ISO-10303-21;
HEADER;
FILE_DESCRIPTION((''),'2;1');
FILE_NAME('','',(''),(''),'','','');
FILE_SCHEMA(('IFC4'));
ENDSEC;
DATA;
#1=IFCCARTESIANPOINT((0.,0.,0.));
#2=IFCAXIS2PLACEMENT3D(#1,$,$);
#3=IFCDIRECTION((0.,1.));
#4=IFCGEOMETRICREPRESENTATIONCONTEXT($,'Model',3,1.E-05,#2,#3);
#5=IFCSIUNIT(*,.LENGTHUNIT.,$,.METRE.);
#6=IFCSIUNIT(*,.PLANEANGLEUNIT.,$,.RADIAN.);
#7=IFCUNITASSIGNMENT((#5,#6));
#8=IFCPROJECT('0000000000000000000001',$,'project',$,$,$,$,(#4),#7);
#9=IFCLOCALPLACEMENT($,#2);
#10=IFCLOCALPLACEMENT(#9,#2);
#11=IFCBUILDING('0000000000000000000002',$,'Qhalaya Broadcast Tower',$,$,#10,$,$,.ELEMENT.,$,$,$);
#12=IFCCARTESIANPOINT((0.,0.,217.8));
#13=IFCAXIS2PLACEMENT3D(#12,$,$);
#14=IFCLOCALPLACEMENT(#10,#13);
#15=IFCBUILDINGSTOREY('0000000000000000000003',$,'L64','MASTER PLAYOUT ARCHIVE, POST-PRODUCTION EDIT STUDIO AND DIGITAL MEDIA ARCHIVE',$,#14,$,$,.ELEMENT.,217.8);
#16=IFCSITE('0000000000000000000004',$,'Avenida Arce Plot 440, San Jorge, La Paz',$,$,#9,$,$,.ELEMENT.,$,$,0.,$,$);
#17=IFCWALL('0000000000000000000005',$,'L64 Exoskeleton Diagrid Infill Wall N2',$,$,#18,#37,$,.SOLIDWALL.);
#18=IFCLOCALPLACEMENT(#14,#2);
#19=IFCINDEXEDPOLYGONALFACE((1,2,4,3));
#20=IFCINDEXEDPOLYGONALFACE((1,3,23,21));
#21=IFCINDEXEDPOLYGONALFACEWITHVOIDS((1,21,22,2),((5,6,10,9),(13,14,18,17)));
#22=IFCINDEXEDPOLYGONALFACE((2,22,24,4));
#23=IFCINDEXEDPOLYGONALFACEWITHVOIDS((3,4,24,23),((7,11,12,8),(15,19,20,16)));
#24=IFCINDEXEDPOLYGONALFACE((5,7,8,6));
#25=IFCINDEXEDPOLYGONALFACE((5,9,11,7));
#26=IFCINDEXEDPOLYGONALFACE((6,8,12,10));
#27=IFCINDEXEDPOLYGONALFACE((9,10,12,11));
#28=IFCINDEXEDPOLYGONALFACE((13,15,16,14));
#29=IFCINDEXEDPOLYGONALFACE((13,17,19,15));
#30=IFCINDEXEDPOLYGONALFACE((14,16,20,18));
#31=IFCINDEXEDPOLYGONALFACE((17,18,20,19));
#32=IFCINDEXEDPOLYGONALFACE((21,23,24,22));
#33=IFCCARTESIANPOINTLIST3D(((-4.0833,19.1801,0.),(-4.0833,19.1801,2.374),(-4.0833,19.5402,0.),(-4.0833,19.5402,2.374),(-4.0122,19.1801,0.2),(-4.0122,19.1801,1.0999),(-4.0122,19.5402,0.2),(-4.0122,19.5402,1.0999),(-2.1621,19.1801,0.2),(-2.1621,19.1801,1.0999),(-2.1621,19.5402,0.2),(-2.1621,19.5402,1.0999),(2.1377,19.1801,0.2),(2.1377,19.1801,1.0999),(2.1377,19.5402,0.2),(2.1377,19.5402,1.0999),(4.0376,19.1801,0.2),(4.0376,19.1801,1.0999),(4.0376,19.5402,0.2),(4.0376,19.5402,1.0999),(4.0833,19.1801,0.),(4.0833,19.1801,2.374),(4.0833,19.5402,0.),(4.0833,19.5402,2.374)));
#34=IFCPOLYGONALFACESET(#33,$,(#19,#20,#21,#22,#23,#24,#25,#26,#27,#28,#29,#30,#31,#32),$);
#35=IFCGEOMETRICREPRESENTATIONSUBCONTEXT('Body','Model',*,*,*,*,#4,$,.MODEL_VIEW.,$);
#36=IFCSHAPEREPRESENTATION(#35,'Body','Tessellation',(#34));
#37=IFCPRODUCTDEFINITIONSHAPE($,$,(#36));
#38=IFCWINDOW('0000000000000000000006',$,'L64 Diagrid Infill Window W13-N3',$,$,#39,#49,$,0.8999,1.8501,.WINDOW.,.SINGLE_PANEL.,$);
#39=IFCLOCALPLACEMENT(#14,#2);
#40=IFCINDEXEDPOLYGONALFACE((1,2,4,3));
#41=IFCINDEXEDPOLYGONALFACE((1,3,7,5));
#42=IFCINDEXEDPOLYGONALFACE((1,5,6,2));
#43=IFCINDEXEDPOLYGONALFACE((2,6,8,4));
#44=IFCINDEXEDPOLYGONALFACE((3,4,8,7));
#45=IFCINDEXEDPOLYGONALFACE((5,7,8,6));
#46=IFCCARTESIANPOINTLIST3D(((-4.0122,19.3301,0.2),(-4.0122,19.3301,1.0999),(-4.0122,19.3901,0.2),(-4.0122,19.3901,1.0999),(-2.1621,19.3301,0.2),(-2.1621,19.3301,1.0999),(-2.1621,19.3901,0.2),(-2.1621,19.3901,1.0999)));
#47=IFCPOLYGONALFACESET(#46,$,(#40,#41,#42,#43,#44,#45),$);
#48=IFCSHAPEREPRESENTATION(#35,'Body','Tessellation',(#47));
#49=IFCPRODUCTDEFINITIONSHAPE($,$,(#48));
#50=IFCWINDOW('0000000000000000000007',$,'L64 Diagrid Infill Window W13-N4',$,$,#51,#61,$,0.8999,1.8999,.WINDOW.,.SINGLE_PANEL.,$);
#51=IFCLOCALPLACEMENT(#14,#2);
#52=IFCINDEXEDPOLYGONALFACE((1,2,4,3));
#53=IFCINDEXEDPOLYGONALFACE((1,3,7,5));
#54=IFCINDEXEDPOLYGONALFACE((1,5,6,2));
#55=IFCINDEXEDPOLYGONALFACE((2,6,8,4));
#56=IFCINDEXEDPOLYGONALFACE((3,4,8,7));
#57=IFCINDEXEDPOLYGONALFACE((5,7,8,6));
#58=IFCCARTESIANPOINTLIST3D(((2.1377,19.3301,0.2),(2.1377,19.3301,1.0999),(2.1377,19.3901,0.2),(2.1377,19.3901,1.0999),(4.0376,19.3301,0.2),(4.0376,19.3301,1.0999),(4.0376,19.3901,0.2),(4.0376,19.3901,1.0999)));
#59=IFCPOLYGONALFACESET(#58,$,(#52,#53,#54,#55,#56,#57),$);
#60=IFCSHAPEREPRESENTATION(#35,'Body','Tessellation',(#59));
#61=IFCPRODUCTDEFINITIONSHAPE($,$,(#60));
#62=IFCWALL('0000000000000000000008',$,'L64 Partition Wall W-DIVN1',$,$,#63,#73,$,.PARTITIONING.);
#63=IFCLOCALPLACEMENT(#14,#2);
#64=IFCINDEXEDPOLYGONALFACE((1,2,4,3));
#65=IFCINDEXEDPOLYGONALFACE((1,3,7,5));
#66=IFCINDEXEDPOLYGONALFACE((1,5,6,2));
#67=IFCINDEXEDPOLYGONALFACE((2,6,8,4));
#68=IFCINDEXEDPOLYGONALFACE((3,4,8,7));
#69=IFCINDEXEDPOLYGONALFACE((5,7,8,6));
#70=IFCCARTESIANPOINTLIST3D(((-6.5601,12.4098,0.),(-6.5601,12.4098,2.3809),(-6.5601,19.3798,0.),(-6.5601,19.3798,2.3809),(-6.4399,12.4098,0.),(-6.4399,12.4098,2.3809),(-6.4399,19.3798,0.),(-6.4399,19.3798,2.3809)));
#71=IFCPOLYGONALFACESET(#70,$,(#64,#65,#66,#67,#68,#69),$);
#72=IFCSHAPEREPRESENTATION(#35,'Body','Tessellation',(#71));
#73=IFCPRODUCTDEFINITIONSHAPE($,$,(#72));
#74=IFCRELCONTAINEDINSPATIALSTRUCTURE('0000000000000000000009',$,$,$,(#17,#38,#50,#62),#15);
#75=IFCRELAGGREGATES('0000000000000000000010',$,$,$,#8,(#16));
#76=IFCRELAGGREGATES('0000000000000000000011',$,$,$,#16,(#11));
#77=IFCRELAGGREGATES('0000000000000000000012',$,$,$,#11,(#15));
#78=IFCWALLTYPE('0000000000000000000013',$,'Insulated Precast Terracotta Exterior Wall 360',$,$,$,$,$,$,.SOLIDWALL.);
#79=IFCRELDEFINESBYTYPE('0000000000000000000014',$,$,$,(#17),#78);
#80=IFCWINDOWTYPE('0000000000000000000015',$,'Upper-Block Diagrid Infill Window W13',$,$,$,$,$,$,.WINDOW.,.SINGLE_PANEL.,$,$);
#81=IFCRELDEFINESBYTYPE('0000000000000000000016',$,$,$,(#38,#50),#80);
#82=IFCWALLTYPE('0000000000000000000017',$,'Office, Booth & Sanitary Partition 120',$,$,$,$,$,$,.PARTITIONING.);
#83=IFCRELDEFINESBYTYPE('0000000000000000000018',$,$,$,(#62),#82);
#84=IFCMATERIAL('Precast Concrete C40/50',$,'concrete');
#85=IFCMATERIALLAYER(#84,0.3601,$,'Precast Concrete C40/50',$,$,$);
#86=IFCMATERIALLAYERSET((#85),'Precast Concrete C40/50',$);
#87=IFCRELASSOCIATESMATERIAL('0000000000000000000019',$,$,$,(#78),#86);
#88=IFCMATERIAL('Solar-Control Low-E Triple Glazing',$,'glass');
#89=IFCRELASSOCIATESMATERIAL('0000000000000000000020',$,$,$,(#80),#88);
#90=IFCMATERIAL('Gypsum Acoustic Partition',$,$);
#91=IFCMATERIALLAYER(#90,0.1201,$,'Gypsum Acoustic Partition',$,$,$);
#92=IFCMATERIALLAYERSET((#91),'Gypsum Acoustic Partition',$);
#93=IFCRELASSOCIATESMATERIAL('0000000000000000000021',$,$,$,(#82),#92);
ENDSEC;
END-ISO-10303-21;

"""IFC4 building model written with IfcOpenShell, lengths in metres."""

from ifc_helpers import new_model, si_unit, direction, frame, frame_2d, origin, place, context, subcontext, project, spatial, rectangle, extrude, material, layer, layer_set, type_object, element, fill, save


model = new_model("IFC4")

# Units and contexts
model_context = context("Model", 3, precision=1e-05, world=origin(), true_north=direction((0.0, 1.0)))
body_context = subcontext(model_context, "Body", "Model", "MODEL_VIEW")
ifc_project = project(units=[si_unit("LENGTHUNIT", "METRE"), si_unit("PLANEANGLEUNIT", "RADIAN")], contexts=[model_context])

# Site, building, storey
site_placement = place(None, origin())
site = spatial("IfcSite", under=ifc_project, at=site_placement, Name="Avenida Arce Plot 440, San Jorge, La Paz", CompositionType="ELEMENT", RefElevation=0.0)
building_placement = place(site_placement, origin())
building = spatial("IfcBuilding", under=site, at=building_placement, Name="Qhalaya Broadcast Tower", CompositionType="ELEMENT")
storey_placement = place(building_placement, frame((0.0, 0.0, 217.8)))
storey = spatial("IfcBuildingStorey", under=building, at=storey_placement, Name="L64", Description="MASTER PLAYOUT ARCHIVE, POST-PRODUCTION EDIT STUDIO AND DIGITAL MEDIA ARCHIVE", CompositionType="ELEMENT", Elevation=217.8)

# Shared definitions
ifc_material_1 = material(Name="Gypsum Acoustic Partition")

# Wall, openings, windows
ifc_material_2 = material(Name="Precast Concrete C40/50", Category="concrete")
ifc_layer_1 = layer(ifc_material_2, 0.3601, Name="Precast Concrete C40/50")
ifc_layer_set_1 = layer_set([ifc_layer_1], Name="Precast Concrete C40/50")
wall_type_1 = type_object("IfcWallType", Name="Insulated Precast Terracotta Exterior Wall 360", PredefinedType="SOLIDWALL", material=ifc_layer_set_1)
wall_1_placement = place(storey_placement, frame((-4.0833, 19.3601, 0.0), z_axis=(0.0, 0.0, 1.0), x_axis=(1.0, 0.0, 0.0)))
wall_1 = element("IfcWall", 1, at=wall_1_placement, inside=storey, type_object=wall_type_1, Name="L64 Exoskeleton Diagrid Infill Wall N2", PredefinedType="SOLIDWALL", context=body_context, shape_type="SweptSolid", body=[
    extrude(rectangle(XDim=8.1665, YDim=0.3601, at=frame_2d((4.0833, 0.0))), origin(), (0.0, 0.0, 1.0), 2.374),
])
opening_1_placement = place(wall_1_placement, frame((0.071, 0.0, 0.2)))
opening_1 = element("IfcOpeningElement", 2, at=opening_1_placement, cuts=wall_1, PredefinedType="OPENING", context=body_context, shape_type="SweptSolid", body=[
    extrude(rectangle(XDim=1.8501, YDim=0.8999, at=frame_2d((0.925, 0.45))), frame((0.0, 0.1921, 0.0), z_axis=(0.0, -1.0, 0.0), x_axis=(1.0, 0.0, 0.0)), (0.0, 0.0, 1.0), 0.384),
])
opening_2_placement = place(wall_1_placement, frame((6.2209, 0.0, 0.2)))
opening_2 = element("IfcOpeningElement", 3, at=opening_2_placement, cuts=wall_1, PredefinedType="OPENING", context=body_context, shape_type="SweptSolid", body=[
    extrude(rectangle(XDim=1.8999, YDim=0.8999, at=frame_2d((0.95, 0.45))), frame((0.0, 0.1921, 0.0), z_axis=(0.0, -1.0, 0.0), x_axis=(1.0, 0.0, 0.0)), (0.0, 0.0, 1.0), 0.384),
])
ifc_material_3 = material(Name="Solar-Control Low-E Triple Glazing", Category="glass")
window_type = type_object("IfcWindowType", Name="Upper-Block Diagrid Infill Window W13", PartitioningType="SINGLE_PANEL", PredefinedType="WINDOW", material=ifc_material_3)
window_1_placement = place(opening_1_placement, origin())
window_1 = element("IfcWindow", 4, at=window_1_placement, inside=storey, type_object=window_type, Name="L64 Diagrid Infill Window W13-N3", OverallHeight=0.8999, OverallWidth=1.8501, PartitioningType="SINGLE_PANEL", PredefinedType="WINDOW", context=body_context, shape_type="SweptSolid", body=[
    extrude(rectangle(XDim=1.8501, YDim=0.8999, at=frame_2d((0.925, 0.45))), frame((0.0, 0.03, 0.0), z_axis=(0.0, -1.0, 0.0), x_axis=(1.0, 0.0, 0.0)), (0.0, 0.0, 1.0), 0.0601),
])
fill(opening_1, window_1)
window_2_placement = place(opening_2_placement, origin())
window_2 = element("IfcWindow", 5, at=window_2_placement, inside=storey, type_object=window_type, Name="L64 Diagrid Infill Window W13-N4", OverallHeight=0.8999, OverallWidth=1.8999, PartitioningType="SINGLE_PANEL", PredefinedType="WINDOW", context=body_context, shape_type="SweptSolid", body=[
    extrude(rectangle(XDim=1.8999, YDim=0.8999, at=frame_2d((0.95, 0.45))), frame((0.0, 0.03, 0.0), z_axis=(0.0, -1.0, 0.0), x_axis=(1.0, 0.0, 0.0)), (0.0, 0.0, 1.0), 0.0601),
])
fill(opening_2, window_2)

# Wall
ifc_layer_2 = layer(ifc_material_1, 0.1201, Name="Gypsum Acoustic Partition")
ifc_layer_set_2 = layer_set([ifc_layer_2], Name="Gypsum Acoustic Partition")
wall_type_2 = type_object("IfcWallType", Name="Office, Booth & Sanitary Partition 120", PredefinedType="PARTITIONING", material=ifc_layer_set_2)
wall_2_placement = place(storey_placement, frame((-6.5, 12.4099, 0.0), z_axis=(0.0, 0.0, 1.0), x_axis=(0.0, 1.0, 0.0)))
element("IfcWall", 6, at=wall_2_placement, inside=storey, type_object=wall_type_2, Name="L64 Partition Wall W-DIVN1", PredefinedType="PARTITIONING", context=body_context, shape_type="SweptSolid", body=[
    extrude(rectangle(XDim=6.97, YDim=0.1201, at=frame_2d((3.4849, 0.0))), origin(), (0.0, 0.0, 1.0), 2.3809),
])

save(model, "model.ifc")
